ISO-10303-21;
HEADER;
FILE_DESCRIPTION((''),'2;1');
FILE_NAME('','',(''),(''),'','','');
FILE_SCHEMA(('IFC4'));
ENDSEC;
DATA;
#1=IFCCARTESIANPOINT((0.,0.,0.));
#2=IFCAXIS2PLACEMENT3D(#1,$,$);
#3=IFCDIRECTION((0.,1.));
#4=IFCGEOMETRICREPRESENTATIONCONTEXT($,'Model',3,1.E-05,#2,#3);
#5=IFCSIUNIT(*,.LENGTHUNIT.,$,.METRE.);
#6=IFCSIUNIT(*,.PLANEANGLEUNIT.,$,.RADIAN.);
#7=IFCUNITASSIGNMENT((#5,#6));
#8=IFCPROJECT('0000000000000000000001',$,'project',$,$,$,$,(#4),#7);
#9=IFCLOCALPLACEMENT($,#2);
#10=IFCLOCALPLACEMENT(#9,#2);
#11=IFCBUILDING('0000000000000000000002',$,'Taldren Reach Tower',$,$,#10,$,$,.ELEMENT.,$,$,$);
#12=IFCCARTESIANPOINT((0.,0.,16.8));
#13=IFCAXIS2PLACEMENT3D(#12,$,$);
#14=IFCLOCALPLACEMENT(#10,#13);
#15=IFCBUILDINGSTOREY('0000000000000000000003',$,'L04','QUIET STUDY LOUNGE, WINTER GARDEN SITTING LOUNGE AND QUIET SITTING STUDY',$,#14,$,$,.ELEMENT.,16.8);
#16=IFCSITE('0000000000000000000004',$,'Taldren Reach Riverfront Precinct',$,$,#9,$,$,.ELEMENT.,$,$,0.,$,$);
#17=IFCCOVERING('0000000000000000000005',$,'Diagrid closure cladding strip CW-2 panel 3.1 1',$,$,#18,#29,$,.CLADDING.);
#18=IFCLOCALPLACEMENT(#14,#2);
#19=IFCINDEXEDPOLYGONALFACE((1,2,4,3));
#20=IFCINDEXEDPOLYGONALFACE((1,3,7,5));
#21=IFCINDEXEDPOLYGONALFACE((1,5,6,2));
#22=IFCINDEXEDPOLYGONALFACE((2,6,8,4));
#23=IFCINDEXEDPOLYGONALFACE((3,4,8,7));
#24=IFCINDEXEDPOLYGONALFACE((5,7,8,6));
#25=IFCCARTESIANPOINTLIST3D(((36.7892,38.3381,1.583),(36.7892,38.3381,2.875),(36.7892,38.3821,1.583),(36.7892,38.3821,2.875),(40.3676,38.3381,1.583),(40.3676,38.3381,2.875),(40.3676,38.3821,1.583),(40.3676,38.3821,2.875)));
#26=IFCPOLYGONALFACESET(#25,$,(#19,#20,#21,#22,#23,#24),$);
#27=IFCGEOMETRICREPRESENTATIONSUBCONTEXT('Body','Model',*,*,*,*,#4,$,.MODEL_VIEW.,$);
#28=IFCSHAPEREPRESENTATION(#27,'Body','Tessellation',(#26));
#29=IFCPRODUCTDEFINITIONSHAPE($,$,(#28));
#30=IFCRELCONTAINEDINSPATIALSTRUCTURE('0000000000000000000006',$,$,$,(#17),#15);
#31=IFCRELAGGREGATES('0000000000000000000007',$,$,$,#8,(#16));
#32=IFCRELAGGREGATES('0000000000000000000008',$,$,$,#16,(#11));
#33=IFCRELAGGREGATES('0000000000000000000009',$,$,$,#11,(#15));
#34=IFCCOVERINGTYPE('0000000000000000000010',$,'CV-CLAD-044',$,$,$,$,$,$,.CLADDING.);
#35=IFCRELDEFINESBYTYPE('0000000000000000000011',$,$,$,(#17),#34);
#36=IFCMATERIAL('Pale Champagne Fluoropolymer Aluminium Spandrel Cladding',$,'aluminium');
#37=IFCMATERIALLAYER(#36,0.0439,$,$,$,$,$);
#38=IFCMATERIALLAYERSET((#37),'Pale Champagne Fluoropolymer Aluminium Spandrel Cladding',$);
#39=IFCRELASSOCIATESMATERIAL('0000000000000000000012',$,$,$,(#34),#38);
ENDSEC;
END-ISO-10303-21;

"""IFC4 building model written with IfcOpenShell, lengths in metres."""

from ifc_helpers import new_model, si_unit, direction, frame, origin, origin_2d, place, context, subcontext, project, spatial, rectangle, extrude, source, transform, mapped, material, layer, layer_set, type_object, element, save


model = new_model("IFC4")

# Units and contexts
model_context = context("Model", 3, precision=1e-05, world=origin(), true_north=direction((0.0, 1.0)))
body_context = subcontext(model_context, "Body", "Model", "MODEL_VIEW")
ifc_project = project(units=[si_unit("LENGTHUNIT", "METRE"), si_unit("PLANEANGLEUNIT", "RADIAN")], contexts=[model_context])

# Site, building, storey
site_placement = place(None, origin())
site = spatial("IfcSite", under=ifc_project, at=site_placement, Name="Taldren Reach Riverfront Precinct", CompositionType="ELEMENT", RefElevation=0.0)
building_placement = place(site_placement, origin())
building = spatial("IfcBuilding", under=site, at=building_placement, Name="Taldren Reach Tower", CompositionType="ELEMENT")
storey_placement = place(building_placement, frame((0.0, 0.0, 16.8)))
storey = spatial("IfcBuildingStorey", under=building, at=storey_placement, Name="L04", Description="QUIET STUDY LOUNGE, WINTER GARDEN SITTING LOUNGE AND QUIET SITTING STUDY", CompositionType="ELEMENT", Elevation=16.8)

# Covering
ifc_material_1 = material(Name="Pale Champagne Fluoropolymer Aluminium Spandrel Cladding", Category="aluminium")
ifc_layer_1 = layer(ifc_material_1, 0.0439)
ifc_layer_set_1 = layer_set([ifc_layer_1], Name="Pale Champagne Fluoropolymer Aluminium Spandrel Cladding")
covering_type_1 = type_object("IfcCoveringType", Name="CV-CLAD-044", PredefinedType="CLADDING", material=ifc_layer_set_1)
shared_shape_1 = source(origin(), body_context, "Body", "SweptSolid", [
    extrude(rectangle(XDim=3.5784, YDim=0.0439, at=origin_2d()), origin(), (0.0, 0.0, 1.0), 1.292),
])
covering_1_placement = place(storey_placement, frame((38.5784, 38.3601, 1.583), z_axis=(0.0, 0.0, 1.0), x_axis=(-1.0, 0.0, 0.0)))
element("IfcCovering", 1, at=covering_1_placement, inside=storey, type_object=covering_type_1, Name="Diagrid closure cladding strip CW-2 panel 3.1 1", PredefinedType="CLADDING", context=body_context, shape_type="MappedRepresentation", body=[
    mapped(shared_shape_1, transform((0.0, 0.0, 0.0), scale=1.0)),
])

save(model, "model.ifc")
